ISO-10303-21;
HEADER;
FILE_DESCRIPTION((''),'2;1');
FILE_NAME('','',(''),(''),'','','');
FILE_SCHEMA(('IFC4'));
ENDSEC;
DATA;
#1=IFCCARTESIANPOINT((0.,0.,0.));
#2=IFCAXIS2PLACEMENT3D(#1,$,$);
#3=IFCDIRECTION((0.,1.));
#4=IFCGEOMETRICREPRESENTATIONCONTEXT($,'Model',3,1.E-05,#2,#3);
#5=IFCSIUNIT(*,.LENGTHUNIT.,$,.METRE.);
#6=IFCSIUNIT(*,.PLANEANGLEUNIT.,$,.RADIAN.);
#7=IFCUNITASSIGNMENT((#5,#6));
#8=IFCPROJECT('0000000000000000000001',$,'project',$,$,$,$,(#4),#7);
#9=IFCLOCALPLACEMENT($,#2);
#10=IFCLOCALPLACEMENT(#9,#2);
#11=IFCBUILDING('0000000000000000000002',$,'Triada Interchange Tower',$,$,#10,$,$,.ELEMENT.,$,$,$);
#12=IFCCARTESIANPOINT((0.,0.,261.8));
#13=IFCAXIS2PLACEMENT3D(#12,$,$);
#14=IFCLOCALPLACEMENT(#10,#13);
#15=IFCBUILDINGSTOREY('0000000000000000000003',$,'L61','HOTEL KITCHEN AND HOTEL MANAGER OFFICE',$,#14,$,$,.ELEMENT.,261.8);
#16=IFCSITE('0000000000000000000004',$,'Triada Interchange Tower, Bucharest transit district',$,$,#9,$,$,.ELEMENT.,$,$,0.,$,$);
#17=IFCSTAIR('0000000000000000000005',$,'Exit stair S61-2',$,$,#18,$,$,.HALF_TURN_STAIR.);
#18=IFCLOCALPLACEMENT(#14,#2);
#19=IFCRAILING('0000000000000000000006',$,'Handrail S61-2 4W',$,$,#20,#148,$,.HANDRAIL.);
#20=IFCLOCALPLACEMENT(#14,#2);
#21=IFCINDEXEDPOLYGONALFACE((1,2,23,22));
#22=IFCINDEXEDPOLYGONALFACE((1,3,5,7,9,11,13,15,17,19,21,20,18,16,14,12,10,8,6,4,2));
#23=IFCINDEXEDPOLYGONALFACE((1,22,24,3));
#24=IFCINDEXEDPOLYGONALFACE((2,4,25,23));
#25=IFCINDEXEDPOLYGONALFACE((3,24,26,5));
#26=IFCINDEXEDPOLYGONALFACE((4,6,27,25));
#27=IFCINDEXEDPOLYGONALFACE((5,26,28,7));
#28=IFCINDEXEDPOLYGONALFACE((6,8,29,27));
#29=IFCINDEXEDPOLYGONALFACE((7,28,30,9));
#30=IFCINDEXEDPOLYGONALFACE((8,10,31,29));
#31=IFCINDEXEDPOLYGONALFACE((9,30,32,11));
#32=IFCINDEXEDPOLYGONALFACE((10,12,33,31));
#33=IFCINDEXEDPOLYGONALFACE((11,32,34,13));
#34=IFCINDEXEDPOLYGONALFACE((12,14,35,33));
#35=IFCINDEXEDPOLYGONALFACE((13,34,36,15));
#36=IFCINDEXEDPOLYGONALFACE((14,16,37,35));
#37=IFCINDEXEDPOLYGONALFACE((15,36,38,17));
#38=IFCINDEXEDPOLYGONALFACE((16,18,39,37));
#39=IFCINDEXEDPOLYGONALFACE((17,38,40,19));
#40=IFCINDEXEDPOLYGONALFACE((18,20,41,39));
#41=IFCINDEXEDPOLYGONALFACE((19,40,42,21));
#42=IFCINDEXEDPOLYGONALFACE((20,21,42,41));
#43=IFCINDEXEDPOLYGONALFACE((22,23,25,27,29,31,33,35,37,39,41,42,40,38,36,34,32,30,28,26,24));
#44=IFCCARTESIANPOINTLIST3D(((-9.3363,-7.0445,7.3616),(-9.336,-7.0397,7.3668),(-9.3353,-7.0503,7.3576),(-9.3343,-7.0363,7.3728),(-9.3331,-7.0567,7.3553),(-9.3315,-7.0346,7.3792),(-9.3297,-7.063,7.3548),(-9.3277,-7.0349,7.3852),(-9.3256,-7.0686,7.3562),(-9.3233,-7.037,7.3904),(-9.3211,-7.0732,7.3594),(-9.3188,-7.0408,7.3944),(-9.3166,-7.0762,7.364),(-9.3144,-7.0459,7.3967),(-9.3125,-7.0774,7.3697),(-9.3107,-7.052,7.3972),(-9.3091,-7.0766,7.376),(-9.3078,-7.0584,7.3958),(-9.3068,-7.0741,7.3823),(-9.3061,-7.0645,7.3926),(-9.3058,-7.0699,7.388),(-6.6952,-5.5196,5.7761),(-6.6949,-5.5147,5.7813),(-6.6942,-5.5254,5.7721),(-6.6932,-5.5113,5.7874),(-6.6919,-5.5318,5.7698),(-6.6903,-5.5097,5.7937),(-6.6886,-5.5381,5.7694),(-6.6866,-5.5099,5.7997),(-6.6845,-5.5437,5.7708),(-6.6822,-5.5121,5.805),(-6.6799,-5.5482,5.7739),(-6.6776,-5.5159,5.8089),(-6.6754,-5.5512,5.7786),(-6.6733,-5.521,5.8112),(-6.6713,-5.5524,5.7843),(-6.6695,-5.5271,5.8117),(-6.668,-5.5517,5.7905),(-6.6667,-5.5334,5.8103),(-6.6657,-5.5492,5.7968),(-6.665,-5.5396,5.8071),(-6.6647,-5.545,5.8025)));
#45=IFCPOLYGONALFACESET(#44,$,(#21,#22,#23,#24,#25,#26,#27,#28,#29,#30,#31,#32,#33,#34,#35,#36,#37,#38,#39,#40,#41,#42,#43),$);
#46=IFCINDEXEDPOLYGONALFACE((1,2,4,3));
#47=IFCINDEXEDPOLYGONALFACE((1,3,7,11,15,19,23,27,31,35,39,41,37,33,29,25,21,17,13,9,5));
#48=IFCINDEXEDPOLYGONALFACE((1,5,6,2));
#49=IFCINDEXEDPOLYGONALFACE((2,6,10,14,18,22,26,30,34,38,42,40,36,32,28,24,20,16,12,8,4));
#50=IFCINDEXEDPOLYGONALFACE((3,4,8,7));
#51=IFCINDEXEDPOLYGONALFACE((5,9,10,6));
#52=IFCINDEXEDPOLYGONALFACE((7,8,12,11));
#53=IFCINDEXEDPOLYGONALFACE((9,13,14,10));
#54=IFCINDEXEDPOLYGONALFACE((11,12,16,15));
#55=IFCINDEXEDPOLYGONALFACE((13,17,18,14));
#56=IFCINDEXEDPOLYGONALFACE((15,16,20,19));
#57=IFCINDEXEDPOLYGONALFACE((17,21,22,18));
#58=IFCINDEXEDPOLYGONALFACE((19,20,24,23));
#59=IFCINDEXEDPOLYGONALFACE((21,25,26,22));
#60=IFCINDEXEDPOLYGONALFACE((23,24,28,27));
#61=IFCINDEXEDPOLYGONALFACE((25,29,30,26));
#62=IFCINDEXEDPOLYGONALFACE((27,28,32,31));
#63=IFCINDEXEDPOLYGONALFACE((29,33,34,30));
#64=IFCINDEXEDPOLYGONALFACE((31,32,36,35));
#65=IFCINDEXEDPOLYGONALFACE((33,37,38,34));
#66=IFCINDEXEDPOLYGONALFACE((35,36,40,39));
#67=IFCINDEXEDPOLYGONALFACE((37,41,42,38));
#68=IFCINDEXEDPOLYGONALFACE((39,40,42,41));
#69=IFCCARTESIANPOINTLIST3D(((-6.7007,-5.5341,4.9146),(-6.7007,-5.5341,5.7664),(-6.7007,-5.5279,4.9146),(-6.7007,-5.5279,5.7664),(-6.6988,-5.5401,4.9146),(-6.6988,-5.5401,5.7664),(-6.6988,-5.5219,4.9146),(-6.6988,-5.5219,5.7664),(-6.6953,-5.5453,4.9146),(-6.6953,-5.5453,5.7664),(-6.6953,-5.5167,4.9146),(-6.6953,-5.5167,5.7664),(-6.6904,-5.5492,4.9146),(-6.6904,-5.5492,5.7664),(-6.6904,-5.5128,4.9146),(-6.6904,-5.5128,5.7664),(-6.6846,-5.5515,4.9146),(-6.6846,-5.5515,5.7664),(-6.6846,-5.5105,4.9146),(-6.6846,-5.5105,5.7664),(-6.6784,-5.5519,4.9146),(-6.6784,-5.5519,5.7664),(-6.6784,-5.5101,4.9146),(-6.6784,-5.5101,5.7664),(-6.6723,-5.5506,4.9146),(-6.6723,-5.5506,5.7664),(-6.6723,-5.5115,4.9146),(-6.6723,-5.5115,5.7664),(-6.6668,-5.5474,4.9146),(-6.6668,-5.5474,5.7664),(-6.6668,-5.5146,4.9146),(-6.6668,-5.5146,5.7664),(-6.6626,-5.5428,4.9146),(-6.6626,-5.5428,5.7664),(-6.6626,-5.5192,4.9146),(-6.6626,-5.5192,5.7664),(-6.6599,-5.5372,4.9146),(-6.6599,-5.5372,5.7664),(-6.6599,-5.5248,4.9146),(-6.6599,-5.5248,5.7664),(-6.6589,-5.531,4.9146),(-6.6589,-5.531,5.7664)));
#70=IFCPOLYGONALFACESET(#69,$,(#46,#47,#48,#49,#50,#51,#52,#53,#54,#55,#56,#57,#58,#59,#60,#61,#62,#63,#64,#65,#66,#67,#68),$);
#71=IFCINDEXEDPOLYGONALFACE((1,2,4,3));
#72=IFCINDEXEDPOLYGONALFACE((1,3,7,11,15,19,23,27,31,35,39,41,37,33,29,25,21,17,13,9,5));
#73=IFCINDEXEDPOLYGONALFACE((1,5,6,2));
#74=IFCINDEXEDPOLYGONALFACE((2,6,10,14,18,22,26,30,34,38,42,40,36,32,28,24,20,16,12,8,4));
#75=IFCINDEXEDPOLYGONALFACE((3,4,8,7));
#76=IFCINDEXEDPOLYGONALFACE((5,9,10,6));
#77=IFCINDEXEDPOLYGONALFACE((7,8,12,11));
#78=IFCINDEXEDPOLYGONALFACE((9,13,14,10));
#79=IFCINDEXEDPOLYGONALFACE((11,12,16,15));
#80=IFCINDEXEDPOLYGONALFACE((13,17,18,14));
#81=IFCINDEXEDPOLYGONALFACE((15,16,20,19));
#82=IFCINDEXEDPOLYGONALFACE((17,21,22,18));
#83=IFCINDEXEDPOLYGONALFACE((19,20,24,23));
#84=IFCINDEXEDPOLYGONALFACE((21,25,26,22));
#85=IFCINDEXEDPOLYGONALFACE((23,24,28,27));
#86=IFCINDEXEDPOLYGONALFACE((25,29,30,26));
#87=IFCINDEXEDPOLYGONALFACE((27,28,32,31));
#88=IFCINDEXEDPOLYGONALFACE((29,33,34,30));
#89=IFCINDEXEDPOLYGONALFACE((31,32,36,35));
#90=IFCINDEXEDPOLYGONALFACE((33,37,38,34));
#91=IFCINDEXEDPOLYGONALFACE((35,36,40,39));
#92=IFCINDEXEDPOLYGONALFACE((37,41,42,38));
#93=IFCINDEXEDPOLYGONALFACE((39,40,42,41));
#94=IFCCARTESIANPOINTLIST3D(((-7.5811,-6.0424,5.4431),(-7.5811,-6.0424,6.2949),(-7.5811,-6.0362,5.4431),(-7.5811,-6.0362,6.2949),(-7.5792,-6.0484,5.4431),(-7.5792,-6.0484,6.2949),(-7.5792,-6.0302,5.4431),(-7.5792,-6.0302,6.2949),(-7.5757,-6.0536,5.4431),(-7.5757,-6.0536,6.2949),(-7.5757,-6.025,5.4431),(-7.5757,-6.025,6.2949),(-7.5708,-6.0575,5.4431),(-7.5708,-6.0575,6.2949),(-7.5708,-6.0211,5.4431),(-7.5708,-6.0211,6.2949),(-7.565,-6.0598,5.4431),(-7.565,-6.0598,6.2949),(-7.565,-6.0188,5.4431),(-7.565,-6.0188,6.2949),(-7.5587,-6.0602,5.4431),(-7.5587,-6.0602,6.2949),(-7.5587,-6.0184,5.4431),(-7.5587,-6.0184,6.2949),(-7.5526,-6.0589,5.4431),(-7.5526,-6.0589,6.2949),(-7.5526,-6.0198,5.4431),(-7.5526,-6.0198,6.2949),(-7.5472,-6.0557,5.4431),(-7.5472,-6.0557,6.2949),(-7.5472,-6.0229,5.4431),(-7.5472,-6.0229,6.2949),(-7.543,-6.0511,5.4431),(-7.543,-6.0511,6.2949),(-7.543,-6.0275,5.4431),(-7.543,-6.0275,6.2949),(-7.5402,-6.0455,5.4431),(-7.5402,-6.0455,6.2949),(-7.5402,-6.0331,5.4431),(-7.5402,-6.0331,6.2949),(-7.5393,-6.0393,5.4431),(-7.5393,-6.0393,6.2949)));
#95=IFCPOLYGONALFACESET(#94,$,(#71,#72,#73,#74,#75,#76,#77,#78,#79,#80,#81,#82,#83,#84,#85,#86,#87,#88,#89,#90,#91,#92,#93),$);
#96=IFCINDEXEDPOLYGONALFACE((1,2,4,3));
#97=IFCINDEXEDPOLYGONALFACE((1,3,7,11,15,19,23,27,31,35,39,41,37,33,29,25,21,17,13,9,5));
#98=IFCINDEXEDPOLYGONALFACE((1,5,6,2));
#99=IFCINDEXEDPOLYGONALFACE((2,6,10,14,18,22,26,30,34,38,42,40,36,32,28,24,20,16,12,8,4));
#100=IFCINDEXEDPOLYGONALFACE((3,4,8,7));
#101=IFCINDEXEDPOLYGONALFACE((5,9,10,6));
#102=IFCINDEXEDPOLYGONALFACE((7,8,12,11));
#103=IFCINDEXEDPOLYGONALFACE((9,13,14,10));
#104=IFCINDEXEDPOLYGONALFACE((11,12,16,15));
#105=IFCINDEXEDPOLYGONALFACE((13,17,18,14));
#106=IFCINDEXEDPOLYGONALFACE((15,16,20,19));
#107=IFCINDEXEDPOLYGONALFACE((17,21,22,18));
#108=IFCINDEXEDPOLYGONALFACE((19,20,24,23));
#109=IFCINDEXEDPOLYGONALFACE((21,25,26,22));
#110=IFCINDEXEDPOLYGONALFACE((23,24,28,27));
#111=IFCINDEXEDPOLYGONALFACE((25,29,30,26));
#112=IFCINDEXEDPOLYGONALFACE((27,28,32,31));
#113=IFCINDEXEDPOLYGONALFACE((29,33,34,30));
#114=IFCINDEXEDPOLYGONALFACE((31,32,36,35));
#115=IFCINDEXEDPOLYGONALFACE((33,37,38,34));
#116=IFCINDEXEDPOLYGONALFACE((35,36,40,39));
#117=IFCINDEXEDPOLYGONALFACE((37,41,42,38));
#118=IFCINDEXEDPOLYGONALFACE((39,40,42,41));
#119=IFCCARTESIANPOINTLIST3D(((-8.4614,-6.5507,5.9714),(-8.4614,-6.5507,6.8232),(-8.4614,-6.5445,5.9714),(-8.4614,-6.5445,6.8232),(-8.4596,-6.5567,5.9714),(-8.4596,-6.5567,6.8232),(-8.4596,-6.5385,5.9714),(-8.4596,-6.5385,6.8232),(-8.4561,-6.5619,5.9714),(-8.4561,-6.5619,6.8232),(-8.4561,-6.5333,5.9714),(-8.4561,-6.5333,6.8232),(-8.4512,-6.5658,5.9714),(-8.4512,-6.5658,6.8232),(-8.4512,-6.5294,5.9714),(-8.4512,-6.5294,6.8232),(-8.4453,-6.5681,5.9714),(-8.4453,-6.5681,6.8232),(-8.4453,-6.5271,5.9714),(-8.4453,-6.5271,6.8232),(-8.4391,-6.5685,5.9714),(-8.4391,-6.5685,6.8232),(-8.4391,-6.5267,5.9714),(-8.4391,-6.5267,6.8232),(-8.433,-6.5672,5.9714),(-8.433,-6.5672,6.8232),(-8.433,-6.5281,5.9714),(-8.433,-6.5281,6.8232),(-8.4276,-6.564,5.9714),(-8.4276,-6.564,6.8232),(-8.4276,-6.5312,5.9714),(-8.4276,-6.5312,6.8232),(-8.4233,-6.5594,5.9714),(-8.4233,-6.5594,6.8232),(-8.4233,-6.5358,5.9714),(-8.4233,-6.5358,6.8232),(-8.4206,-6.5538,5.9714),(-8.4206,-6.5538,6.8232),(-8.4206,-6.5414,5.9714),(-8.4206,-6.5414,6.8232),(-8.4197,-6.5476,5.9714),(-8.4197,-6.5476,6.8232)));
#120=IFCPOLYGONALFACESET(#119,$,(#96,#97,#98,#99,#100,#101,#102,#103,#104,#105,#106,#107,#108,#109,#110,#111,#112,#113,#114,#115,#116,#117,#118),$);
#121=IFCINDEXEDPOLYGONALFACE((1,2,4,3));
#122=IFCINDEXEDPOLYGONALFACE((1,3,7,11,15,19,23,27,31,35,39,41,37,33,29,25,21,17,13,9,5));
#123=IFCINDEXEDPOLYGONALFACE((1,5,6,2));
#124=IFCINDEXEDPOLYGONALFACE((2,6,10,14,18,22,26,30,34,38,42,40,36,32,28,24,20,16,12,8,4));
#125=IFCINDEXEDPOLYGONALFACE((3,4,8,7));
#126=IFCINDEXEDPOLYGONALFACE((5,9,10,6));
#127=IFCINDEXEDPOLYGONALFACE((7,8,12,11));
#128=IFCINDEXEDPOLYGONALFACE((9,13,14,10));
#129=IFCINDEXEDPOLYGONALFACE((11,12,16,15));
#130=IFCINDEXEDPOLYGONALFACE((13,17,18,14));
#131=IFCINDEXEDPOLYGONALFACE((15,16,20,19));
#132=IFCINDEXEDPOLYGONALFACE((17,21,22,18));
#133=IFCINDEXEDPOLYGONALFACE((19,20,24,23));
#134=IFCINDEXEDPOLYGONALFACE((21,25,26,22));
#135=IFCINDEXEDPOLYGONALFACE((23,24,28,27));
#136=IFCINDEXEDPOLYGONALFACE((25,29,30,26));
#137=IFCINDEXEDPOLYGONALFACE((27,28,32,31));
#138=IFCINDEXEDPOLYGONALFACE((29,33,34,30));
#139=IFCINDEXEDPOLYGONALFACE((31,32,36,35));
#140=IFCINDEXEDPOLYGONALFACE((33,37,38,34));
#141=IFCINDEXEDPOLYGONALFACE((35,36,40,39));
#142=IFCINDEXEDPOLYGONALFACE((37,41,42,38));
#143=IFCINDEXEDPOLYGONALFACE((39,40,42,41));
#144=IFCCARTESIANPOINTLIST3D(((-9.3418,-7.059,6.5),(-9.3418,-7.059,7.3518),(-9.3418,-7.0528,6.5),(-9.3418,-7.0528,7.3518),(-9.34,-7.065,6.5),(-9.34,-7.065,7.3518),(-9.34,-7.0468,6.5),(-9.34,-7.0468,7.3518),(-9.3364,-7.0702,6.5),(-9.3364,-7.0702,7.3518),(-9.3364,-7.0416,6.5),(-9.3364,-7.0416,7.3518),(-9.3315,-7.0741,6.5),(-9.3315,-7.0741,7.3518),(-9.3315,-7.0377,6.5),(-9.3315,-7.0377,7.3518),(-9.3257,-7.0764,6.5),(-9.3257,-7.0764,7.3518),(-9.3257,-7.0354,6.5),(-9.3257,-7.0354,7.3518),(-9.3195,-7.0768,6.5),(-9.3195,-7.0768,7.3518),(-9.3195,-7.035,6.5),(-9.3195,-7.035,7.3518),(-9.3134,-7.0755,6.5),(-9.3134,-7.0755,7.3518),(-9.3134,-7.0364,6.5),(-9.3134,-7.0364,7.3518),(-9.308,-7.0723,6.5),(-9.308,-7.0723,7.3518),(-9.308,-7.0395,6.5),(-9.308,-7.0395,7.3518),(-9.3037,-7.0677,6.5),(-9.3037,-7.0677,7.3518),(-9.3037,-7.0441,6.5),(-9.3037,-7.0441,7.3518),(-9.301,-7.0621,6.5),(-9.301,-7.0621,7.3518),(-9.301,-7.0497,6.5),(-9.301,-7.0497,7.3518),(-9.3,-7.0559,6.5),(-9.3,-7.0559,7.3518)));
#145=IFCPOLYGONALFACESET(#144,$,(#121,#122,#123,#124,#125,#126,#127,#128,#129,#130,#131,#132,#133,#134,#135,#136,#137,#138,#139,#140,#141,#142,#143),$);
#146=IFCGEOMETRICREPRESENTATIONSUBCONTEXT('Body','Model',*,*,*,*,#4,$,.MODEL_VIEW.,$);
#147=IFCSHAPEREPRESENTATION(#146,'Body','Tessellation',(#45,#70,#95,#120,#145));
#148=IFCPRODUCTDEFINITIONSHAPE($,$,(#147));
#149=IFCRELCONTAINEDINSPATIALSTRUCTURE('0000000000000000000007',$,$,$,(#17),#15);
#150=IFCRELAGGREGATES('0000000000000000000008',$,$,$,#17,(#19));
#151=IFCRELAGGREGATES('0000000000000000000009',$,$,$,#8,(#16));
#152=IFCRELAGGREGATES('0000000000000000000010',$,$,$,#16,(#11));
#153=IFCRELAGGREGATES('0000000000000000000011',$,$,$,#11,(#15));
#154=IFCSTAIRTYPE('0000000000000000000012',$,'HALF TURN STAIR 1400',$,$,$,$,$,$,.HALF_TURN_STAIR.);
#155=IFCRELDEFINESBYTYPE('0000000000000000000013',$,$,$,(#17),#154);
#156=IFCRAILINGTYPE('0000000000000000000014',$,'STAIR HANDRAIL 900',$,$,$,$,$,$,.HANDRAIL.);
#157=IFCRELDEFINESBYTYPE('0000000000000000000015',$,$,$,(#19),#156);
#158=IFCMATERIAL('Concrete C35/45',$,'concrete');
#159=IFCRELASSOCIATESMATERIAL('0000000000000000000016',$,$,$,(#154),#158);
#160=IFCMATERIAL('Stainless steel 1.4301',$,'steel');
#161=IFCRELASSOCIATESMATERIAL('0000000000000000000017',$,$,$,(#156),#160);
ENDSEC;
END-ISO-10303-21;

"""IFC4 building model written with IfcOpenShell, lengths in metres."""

from ifc_helpers import new_model, si_unit, direction, frame, origin, origin_2d, place, context, subcontext, project, spatial, circle, extrude, material, type_object, element, aggregate, save


model = new_model("IFC4")

# Units and contexts
model_context = context("Model", 3, precision=1e-05, world=origin(), true_north=direction((0.0, 1.0)))
body_context = subcontext(model_context, "Body", "Model", "MODEL_VIEW")
ifc_project = project(units=[si_unit("LENGTHUNIT", "METRE"), si_unit("PLANEANGLEUNIT", "RADIAN")], contexts=[model_context])

# Site, building, storey
site_placement = place(None, origin())
site = spatial("IfcSite", under=ifc_project, at=site_placement, Name="Triada Interchange Tower, Bucharest transit district", CompositionType="ELEMENT", RefElevation=0.0)
building_placement = place(site_placement, origin())
building = spatial("IfcBuilding", under=site, at=building_placement, Name="Triada Interchange Tower", CompositionType="ELEMENT")
storey_placement = place(building_placement, frame((0.0, 0.0, 261.8)))
storey = spatial("IfcBuildingStorey", under=building, at=storey_placement, Name="L61", Description="HOTEL KITCHEN AND HOTEL MANAGER OFFICE", CompositionType="ELEMENT", Elevation=261.8)

# Stair
ifc_material_1 = material(Name="Concrete C35/45", Category="concrete")
stair_type = type_object("IfcStairType", Name="HALF TURN STAIR 1400", PredefinedType="HALF_TURN_STAIR", material=ifc_material_1)
stair_placement = place(storey_placement, origin())
stair = element("IfcStair", 1, at=stair_placement, inside=storey, type_object=stair_type, Name="Exit stair S61-2", PredefinedType="HALF_TURN_STAIR")

# Railing
ifc_material_2 = material(Name="Stainless steel 1.4301", Category="steel")
railing_type = type_object("IfcRailingType", Name="STAIR HANDRAIL 900", PredefinedType="HANDRAIL", material=ifc_material_2)
railing_1_placement = place(storey_placement, frame((-6.6799, -5.531, 4.9146)))
railing_1 = element("IfcRailing", 2, at=railing_1_placement, type_object=railing_type, Name="Handrail S61-2 4W", PredefinedType="HANDRAIL", context=body_context, shape_type="SweptSolid", body=[
    extrude(circle(Radius=0.0239, at=origin_2d()), frame((0.0, 0.0, 0.876), z_axis=(-0.768387, -0.443645, 0.46126), x_axis=(0.500013, -0.866018, 0.0)), (0.0, 0.0, 1.0), 3.4373),
    extrude(circle(Radius=0.021, at=origin_2d()), origin(), (0.0, 0.0, 1.0), 0.8518),
    extrude(circle(Radius=0.021, at=origin_2d()), frame((-0.8804, -0.5083, 0.5286)), (0.0, 0.0, 1.0), 0.8518),
    extrude(circle(Radius=0.021, at=origin_2d()), frame((-1.7607, -1.0166, 1.0569)), (0.0, 0.0, 1.0), 0.8518),
    extrude(circle(Radius=0.021, at=origin_2d()), frame((-2.6411, -1.5249, 1.5854)), (0.0, 0.0, 1.0), 0.8518),
])
aggregate(stair, [railing_1])

save(model, "model.ifc")
